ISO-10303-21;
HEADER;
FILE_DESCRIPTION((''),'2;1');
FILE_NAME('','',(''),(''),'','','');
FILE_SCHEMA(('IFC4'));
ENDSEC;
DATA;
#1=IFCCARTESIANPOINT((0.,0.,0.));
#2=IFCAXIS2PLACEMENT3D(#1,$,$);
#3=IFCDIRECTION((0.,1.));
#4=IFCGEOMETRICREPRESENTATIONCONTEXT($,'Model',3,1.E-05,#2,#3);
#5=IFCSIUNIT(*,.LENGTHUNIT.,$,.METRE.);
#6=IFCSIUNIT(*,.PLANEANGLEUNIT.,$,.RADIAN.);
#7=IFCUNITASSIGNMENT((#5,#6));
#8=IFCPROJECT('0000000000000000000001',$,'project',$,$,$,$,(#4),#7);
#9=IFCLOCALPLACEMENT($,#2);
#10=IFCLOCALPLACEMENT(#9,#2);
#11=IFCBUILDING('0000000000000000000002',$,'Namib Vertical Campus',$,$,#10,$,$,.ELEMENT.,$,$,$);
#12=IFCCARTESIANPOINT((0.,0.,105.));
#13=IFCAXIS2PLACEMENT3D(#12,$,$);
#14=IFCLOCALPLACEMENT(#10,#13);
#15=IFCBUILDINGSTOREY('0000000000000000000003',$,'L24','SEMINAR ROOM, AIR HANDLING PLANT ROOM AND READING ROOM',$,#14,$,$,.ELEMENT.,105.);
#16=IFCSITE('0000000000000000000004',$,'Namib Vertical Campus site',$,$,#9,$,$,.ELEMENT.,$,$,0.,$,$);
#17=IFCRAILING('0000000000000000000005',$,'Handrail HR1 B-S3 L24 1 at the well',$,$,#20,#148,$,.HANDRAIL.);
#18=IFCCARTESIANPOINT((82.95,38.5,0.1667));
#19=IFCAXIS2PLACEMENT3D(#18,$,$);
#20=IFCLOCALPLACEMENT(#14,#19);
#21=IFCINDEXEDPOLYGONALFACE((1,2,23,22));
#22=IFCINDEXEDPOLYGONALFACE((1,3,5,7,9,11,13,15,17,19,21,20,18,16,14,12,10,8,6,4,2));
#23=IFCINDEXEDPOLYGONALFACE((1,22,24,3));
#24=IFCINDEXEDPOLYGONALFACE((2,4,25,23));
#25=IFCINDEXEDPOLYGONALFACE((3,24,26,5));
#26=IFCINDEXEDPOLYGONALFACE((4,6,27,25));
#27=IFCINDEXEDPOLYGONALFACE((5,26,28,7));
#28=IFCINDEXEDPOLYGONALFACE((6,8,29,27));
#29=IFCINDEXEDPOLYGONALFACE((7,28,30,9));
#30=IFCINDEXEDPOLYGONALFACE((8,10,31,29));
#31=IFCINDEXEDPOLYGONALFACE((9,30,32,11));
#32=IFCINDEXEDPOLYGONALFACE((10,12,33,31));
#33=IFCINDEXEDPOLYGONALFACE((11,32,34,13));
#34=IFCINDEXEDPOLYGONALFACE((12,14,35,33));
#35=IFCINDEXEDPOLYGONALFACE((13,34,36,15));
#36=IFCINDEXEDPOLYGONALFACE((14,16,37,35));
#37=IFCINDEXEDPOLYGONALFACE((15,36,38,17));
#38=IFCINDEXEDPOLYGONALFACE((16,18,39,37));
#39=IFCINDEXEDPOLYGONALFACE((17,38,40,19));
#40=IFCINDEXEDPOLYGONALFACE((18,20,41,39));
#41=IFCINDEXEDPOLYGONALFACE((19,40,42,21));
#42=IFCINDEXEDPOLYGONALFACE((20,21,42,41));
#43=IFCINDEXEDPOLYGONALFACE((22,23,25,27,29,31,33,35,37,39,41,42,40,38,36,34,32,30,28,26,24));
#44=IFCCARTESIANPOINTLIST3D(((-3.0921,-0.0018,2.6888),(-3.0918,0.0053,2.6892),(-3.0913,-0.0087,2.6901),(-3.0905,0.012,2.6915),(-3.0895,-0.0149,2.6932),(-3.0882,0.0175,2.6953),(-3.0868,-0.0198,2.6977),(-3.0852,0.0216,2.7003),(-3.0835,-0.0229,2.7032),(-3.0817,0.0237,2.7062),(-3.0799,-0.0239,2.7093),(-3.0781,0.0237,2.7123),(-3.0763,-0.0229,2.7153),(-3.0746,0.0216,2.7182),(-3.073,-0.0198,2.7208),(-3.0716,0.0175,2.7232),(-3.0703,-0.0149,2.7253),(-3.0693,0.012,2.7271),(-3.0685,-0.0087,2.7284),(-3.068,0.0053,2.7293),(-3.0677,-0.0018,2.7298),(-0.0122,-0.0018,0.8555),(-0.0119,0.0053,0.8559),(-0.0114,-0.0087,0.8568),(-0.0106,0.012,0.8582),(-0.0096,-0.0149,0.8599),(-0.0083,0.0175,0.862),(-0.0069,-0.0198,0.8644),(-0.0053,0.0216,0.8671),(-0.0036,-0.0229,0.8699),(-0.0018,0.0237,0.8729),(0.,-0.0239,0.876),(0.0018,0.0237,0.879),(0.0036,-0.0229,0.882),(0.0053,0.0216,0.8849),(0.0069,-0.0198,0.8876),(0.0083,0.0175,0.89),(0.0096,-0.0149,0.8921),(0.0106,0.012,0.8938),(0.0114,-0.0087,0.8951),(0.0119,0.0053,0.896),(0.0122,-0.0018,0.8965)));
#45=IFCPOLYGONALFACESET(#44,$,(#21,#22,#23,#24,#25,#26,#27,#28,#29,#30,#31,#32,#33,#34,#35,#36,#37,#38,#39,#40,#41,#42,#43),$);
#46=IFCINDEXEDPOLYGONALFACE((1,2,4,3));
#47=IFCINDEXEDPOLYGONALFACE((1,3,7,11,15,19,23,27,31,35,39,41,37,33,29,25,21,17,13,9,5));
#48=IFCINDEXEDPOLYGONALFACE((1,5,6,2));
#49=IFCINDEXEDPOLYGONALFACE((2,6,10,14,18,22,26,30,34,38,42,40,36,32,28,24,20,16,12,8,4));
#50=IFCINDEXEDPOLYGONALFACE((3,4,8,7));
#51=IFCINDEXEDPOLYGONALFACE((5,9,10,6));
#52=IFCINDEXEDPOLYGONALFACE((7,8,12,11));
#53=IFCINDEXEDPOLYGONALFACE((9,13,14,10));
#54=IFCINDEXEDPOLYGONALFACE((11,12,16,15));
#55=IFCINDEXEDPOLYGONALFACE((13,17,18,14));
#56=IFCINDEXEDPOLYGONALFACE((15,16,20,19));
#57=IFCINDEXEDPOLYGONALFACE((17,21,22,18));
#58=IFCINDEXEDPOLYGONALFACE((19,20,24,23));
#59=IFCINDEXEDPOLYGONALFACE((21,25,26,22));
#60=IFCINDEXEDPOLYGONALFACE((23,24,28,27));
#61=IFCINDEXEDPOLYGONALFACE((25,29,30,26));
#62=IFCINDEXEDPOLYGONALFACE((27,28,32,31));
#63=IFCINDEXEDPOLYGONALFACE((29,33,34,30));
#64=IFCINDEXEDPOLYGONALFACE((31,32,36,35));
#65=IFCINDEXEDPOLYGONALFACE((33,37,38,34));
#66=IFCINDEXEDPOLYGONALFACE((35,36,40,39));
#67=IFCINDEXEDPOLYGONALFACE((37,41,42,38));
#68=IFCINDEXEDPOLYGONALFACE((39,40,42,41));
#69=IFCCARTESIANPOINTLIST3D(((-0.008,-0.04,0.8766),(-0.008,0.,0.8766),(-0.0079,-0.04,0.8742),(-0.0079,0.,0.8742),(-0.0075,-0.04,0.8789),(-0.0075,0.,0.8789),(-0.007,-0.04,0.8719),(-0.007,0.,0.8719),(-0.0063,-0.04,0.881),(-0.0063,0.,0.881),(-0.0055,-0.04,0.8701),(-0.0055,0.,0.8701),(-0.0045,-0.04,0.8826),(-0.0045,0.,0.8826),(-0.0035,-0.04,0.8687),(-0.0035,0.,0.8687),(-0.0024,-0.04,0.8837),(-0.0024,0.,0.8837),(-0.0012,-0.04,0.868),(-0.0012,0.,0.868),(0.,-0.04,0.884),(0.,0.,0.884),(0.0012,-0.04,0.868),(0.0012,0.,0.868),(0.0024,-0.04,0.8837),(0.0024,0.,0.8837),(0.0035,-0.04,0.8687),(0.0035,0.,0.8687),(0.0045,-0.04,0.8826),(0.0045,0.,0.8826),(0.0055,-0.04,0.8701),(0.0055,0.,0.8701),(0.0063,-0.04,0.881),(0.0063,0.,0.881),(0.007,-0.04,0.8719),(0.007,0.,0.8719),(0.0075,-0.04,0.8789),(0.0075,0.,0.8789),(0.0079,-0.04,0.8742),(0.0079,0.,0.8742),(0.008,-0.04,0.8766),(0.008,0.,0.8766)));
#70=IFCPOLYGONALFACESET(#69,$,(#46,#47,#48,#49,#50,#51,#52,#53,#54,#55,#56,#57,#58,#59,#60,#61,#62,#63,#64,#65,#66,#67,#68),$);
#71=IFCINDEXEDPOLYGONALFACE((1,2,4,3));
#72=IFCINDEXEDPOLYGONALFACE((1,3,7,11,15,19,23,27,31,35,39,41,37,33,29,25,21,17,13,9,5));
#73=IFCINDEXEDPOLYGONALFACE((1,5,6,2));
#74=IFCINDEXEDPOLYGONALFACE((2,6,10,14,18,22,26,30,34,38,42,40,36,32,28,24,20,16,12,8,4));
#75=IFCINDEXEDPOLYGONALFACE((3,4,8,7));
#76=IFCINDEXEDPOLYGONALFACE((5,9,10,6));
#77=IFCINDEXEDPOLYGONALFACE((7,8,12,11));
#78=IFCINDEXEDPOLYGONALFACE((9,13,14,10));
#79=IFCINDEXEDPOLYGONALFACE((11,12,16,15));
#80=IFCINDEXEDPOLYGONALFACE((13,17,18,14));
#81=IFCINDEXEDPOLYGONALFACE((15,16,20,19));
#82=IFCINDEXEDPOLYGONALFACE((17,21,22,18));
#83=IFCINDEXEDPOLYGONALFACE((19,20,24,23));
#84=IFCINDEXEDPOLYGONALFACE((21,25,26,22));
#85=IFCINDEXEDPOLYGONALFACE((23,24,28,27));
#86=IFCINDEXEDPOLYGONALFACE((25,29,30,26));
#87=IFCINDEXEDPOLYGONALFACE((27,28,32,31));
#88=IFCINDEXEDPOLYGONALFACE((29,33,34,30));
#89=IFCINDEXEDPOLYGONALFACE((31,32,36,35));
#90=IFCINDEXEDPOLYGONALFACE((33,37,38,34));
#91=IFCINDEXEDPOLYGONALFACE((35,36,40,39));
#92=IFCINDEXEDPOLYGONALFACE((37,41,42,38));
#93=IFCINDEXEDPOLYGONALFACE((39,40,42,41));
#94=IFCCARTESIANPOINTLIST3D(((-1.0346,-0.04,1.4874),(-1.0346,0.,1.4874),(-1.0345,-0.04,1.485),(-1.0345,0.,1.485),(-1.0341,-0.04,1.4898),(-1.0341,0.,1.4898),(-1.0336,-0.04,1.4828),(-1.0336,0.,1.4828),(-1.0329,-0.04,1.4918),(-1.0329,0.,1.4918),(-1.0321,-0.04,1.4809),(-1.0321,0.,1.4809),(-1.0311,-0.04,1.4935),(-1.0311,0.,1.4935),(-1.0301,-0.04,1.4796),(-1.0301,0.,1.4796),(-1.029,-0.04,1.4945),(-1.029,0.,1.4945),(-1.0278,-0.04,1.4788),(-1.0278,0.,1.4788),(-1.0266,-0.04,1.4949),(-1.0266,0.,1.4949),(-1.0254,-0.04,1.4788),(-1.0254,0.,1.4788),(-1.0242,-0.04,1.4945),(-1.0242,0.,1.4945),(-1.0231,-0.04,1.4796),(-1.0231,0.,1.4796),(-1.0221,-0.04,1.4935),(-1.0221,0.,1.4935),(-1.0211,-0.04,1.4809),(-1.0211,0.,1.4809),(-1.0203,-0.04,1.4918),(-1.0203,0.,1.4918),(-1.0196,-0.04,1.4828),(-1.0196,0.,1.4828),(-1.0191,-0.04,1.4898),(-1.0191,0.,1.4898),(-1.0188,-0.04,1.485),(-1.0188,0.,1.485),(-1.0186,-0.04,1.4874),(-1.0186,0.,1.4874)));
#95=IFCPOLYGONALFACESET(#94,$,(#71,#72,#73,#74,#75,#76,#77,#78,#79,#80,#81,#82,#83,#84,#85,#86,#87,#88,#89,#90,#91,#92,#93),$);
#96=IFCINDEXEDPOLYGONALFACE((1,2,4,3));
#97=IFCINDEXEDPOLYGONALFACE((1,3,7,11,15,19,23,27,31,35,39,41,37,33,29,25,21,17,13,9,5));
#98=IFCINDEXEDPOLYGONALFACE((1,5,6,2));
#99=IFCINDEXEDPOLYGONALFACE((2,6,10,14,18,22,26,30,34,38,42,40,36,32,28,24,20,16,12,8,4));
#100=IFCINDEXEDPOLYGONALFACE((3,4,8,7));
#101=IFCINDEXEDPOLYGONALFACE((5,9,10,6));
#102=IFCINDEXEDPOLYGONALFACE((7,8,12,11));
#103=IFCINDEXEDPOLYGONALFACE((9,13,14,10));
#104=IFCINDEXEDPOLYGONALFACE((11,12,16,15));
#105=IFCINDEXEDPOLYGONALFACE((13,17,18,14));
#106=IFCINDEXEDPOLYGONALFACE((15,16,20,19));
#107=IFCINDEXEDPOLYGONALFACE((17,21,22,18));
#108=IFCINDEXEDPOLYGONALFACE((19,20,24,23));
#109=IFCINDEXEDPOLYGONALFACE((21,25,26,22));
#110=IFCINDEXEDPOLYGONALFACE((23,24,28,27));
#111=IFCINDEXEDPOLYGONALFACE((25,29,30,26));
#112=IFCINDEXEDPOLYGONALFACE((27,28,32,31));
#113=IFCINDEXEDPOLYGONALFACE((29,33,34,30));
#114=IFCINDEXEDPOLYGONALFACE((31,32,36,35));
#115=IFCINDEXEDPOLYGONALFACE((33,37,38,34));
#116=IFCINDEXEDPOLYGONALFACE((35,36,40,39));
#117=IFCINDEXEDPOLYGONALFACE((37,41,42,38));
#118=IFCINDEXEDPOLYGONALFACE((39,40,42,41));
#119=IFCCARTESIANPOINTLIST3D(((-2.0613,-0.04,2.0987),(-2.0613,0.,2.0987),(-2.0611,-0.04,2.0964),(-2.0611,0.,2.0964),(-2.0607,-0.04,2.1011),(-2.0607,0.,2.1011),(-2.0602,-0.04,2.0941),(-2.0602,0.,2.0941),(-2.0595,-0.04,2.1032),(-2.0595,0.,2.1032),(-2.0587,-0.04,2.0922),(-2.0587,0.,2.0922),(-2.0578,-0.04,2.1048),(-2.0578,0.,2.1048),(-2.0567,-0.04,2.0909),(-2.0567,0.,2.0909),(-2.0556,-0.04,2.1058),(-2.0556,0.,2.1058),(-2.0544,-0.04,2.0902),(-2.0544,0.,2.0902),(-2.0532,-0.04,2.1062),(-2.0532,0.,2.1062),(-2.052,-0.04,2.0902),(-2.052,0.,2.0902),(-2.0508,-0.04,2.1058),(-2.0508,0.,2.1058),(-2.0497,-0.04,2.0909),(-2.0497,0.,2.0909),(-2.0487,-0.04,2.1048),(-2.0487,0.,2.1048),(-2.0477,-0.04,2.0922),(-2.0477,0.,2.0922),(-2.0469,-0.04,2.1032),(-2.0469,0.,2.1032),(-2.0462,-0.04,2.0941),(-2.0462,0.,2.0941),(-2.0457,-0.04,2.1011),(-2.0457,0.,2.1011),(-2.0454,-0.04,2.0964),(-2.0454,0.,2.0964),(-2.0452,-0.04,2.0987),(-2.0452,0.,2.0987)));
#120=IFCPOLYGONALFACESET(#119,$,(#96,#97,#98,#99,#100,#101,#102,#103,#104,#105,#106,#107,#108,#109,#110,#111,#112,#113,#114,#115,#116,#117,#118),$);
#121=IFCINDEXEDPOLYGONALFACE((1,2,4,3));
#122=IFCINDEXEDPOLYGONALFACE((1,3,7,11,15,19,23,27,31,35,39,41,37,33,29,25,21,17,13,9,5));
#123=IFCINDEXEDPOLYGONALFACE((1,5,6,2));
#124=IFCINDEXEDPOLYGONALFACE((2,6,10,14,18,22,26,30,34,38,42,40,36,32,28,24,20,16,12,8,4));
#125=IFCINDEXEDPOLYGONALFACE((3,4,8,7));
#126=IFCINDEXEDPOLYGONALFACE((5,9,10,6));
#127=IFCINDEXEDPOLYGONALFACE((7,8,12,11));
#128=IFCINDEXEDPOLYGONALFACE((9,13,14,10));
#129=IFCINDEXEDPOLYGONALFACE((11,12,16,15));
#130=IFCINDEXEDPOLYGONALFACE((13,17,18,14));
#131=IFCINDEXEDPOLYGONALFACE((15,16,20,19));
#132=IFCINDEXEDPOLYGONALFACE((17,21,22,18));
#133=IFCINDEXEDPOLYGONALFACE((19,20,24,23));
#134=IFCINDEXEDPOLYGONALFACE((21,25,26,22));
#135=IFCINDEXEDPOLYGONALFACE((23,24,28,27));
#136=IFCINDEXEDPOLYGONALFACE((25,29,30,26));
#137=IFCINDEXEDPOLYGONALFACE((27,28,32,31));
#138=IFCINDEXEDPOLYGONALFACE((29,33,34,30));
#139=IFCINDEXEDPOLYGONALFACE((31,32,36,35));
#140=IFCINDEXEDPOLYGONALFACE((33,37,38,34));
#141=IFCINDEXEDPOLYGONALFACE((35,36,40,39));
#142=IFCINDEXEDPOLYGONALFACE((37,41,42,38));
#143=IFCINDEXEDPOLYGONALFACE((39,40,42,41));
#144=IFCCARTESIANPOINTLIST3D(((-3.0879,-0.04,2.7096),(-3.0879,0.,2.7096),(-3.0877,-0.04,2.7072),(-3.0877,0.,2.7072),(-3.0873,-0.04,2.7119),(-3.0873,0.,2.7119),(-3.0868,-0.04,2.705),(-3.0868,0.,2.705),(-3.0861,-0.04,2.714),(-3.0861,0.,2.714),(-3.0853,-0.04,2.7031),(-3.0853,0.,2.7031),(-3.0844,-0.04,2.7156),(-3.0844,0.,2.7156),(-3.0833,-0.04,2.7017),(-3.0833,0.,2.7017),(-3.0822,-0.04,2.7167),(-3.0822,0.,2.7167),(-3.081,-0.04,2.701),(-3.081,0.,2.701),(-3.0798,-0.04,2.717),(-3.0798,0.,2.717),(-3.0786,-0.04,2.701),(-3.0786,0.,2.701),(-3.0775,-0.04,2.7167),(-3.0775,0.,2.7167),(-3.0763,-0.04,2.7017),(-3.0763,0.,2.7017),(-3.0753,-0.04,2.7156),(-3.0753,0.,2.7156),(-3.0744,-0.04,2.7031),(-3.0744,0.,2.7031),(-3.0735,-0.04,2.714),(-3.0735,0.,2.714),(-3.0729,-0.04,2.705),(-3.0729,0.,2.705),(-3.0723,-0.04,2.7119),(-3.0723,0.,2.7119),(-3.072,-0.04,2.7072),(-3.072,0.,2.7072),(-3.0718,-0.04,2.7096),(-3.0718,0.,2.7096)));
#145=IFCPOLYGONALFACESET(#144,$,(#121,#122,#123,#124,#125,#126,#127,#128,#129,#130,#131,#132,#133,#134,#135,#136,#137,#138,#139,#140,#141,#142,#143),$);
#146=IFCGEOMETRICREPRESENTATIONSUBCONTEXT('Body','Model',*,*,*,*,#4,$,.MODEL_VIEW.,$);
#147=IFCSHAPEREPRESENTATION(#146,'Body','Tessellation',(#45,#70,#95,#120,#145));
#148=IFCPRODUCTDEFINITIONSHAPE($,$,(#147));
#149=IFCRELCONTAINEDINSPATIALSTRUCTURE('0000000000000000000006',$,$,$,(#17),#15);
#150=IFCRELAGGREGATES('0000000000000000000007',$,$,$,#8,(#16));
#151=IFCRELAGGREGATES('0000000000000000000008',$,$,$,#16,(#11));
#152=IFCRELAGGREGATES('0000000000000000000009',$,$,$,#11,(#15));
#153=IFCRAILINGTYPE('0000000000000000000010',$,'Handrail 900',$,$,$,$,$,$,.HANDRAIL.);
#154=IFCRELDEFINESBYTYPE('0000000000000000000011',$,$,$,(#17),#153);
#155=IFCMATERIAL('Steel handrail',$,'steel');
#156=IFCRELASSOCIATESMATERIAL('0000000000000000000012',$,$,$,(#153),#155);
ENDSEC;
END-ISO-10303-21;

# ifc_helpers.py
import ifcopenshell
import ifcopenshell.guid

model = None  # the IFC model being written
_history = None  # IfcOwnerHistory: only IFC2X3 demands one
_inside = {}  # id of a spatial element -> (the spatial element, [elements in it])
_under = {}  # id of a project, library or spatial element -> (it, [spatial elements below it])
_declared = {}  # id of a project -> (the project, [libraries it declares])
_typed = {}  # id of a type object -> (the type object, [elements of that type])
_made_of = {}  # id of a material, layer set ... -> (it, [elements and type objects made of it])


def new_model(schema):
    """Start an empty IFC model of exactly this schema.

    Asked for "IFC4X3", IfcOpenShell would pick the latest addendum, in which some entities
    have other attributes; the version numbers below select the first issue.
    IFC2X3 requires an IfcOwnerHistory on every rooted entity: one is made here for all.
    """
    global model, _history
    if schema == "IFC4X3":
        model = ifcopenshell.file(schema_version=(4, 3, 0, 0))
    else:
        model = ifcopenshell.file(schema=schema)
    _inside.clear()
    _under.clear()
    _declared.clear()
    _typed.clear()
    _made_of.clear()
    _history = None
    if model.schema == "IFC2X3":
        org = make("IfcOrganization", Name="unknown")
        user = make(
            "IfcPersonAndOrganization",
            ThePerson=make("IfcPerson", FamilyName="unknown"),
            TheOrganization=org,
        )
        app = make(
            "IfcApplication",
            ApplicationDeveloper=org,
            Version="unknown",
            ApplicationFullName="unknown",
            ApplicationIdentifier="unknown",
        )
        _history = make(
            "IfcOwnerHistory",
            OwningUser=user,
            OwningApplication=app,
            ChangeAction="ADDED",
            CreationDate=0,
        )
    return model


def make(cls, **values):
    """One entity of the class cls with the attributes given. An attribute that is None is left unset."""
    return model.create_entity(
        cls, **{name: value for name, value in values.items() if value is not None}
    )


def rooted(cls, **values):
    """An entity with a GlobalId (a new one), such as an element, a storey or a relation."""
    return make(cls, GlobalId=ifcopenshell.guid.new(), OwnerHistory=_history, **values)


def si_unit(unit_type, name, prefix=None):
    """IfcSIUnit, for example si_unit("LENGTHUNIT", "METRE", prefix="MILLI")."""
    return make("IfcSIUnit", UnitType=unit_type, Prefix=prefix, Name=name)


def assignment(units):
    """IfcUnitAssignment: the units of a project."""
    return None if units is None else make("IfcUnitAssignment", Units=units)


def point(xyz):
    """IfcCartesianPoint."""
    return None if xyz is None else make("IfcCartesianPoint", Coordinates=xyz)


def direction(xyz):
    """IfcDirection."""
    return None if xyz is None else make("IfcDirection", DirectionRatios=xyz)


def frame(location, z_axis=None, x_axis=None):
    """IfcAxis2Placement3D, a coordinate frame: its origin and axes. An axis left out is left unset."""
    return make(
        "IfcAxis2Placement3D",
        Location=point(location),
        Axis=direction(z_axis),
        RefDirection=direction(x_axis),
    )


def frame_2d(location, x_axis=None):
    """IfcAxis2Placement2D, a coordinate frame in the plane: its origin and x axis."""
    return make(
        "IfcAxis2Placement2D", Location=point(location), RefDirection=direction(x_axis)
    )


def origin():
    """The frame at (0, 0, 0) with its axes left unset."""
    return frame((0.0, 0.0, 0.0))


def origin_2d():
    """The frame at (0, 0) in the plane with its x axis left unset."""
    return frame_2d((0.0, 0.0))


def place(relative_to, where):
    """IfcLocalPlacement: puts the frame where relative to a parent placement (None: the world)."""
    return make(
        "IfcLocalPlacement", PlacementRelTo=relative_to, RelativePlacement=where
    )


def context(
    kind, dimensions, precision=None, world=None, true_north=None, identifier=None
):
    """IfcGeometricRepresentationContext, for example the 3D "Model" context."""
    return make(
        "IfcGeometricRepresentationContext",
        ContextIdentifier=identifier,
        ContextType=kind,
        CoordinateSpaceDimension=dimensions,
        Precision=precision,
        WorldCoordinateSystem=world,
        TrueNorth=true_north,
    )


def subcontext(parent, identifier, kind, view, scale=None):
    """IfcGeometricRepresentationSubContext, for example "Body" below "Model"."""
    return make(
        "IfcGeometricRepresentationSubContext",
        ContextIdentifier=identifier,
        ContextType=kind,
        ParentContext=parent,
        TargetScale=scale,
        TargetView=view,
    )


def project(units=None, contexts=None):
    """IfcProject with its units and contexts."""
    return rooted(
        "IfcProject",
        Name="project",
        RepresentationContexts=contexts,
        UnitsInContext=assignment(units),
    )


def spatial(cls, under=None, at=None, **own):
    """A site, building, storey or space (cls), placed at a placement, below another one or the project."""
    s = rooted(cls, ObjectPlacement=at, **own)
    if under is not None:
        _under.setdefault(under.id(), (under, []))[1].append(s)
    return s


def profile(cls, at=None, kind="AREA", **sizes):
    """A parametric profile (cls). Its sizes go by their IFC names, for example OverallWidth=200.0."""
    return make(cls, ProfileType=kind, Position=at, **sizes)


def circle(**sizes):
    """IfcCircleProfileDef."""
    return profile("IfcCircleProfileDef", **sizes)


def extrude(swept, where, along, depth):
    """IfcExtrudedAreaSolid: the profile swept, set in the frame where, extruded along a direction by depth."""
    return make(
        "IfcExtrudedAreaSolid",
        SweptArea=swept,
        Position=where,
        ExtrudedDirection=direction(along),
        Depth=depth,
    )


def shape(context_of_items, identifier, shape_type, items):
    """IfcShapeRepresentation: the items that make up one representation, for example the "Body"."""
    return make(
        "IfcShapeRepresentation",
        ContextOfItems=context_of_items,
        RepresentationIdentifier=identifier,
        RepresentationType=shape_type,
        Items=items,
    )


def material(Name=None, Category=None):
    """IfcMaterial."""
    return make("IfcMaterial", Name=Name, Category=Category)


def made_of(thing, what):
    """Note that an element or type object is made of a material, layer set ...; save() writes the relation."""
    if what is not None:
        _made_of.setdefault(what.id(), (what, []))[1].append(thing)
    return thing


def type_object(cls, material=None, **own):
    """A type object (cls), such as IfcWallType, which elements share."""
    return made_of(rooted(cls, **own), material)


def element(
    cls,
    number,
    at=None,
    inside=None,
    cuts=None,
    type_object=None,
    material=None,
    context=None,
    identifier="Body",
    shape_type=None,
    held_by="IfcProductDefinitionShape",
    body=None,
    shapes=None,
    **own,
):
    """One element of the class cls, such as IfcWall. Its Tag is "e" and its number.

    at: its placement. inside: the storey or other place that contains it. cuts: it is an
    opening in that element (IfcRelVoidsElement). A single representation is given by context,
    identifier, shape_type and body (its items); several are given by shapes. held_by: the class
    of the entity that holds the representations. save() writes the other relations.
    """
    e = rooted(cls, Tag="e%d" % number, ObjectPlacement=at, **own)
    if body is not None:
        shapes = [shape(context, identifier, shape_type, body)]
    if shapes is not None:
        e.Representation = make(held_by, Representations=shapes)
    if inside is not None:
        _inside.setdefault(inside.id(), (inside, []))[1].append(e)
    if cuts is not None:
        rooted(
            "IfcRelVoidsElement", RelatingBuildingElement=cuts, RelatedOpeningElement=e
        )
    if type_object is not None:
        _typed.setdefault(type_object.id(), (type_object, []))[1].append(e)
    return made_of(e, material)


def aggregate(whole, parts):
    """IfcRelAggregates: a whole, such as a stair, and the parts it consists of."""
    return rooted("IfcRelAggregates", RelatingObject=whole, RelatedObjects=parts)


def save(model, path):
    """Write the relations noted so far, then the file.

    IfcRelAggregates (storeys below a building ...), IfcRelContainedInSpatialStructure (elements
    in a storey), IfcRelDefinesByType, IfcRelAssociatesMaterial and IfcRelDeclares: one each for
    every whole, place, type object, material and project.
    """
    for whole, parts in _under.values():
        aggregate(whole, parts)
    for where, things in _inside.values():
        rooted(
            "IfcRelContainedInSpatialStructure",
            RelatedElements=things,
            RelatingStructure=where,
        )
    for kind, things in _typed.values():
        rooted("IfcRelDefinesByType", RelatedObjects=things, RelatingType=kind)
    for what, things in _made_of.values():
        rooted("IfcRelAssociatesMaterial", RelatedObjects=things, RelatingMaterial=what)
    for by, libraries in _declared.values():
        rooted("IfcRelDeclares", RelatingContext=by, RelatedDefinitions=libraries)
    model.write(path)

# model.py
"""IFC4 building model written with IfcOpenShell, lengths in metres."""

from ifc_helpers import new_model, si_unit, direction, frame, origin, origin_2d, place, context, subcontext, project, spatial, circle, extrude, material, type_object, element, save


model = new_model("IFC4")

# Units and contexts
model_context = context("Model", 3, precision=1e-05, world=origin(), true_north=direction((0.0, 1.0)))
body_context = subcontext(model_context, "Body", "Model", "MODEL_VIEW")
ifc_project = project(units=[si_unit("LENGTHUNIT", "METRE"), si_unit("PLANEANGLEUNIT", "RADIAN")], contexts=[model_context])

# Site, building, storey
site_placement = place(None, origin())
site = spatial("IfcSite", under=ifc_project, at=site_placement, Name="Namib Vertical Campus site", CompositionType="ELEMENT", RefElevation=0.0)
building_placement = place(site_placement, origin())
building = spatial("IfcBuilding", under=site, at=building_placement, Name="Namib Vertical Campus", CompositionType="ELEMENT")
storey_placement = place(building_placement, frame((0.0, 0.0, 105.0)))
storey = spatial("IfcBuildingStorey", under=building, at=storey_placement, Name="L24", Description="SEMINAR ROOM, AIR HANDLING PLANT ROOM AND READING ROOM", CompositionType="ELEMENT", Elevation=105.0)

# Railing
ifc_material_1 = material(Name="Steel handrail", Category="steel")
railing_type_1 = type_object("IfcRailingType", Name="Handrail 900", PredefinedType="HANDRAIL", material=ifc_material_1)
railing_1_placement = place(storey_placement, frame((82.95, 38.5, 0.1667)))
element("IfcRailing", 1, at=railing_1_placement, inside=storey, type_object=railing_type_1, Name="Handrail HR1 B-S3 L24 1 at the well", PredefinedType="HANDRAIL", context=body_context, shape_type="SweptSolid", body=[
    extrude(circle(Radius=0.0239, at=origin_2d()), frame((0.0, 0.0, 0.876), z_axis=(-0.859291, 0.0, 0.511487), x_axis=(0.0, -1.0, 0.0)), (0.0, 0.0, 1.0), 3.5842),
    extrude(circle(Radius=0.0081, at=origin_2d()), frame((0.0, 0.0, 0.876), z_axis=(0.0, -1.0, 0.0), x_axis=(0.0, 0.0, 1.0)), (0.0, 0.0, 1.0), 0.04),
    extrude(circle(Radius=0.0081, at=origin_2d()), frame((-1.0266, 0.0, 1.4868), z_axis=(0.0, -1.0, 0.0), x_axis=(0.0, 0.0, 1.0)), (0.0, 0.0, 1.0), 0.04),
    extrude(circle(Radius=0.0081, at=origin_2d()), frame((-2.0532, 0.0, 2.0981), z_axis=(0.0, -1.0, 0.0), x_axis=(0.0, 0.0, 1.0)), (0.0, 0.0, 1.0), 0.04),
    extrude(circle(Radius=0.0081, at=origin_2d()), frame((-3.0798, 0.0, 2.709), z_axis=(0.0, -1.0, 0.0), x_axis=(0.0, 0.0, 1.0)), (0.0, 0.0, 1.0), 0.04),
])

save(model, "model.ifc")
